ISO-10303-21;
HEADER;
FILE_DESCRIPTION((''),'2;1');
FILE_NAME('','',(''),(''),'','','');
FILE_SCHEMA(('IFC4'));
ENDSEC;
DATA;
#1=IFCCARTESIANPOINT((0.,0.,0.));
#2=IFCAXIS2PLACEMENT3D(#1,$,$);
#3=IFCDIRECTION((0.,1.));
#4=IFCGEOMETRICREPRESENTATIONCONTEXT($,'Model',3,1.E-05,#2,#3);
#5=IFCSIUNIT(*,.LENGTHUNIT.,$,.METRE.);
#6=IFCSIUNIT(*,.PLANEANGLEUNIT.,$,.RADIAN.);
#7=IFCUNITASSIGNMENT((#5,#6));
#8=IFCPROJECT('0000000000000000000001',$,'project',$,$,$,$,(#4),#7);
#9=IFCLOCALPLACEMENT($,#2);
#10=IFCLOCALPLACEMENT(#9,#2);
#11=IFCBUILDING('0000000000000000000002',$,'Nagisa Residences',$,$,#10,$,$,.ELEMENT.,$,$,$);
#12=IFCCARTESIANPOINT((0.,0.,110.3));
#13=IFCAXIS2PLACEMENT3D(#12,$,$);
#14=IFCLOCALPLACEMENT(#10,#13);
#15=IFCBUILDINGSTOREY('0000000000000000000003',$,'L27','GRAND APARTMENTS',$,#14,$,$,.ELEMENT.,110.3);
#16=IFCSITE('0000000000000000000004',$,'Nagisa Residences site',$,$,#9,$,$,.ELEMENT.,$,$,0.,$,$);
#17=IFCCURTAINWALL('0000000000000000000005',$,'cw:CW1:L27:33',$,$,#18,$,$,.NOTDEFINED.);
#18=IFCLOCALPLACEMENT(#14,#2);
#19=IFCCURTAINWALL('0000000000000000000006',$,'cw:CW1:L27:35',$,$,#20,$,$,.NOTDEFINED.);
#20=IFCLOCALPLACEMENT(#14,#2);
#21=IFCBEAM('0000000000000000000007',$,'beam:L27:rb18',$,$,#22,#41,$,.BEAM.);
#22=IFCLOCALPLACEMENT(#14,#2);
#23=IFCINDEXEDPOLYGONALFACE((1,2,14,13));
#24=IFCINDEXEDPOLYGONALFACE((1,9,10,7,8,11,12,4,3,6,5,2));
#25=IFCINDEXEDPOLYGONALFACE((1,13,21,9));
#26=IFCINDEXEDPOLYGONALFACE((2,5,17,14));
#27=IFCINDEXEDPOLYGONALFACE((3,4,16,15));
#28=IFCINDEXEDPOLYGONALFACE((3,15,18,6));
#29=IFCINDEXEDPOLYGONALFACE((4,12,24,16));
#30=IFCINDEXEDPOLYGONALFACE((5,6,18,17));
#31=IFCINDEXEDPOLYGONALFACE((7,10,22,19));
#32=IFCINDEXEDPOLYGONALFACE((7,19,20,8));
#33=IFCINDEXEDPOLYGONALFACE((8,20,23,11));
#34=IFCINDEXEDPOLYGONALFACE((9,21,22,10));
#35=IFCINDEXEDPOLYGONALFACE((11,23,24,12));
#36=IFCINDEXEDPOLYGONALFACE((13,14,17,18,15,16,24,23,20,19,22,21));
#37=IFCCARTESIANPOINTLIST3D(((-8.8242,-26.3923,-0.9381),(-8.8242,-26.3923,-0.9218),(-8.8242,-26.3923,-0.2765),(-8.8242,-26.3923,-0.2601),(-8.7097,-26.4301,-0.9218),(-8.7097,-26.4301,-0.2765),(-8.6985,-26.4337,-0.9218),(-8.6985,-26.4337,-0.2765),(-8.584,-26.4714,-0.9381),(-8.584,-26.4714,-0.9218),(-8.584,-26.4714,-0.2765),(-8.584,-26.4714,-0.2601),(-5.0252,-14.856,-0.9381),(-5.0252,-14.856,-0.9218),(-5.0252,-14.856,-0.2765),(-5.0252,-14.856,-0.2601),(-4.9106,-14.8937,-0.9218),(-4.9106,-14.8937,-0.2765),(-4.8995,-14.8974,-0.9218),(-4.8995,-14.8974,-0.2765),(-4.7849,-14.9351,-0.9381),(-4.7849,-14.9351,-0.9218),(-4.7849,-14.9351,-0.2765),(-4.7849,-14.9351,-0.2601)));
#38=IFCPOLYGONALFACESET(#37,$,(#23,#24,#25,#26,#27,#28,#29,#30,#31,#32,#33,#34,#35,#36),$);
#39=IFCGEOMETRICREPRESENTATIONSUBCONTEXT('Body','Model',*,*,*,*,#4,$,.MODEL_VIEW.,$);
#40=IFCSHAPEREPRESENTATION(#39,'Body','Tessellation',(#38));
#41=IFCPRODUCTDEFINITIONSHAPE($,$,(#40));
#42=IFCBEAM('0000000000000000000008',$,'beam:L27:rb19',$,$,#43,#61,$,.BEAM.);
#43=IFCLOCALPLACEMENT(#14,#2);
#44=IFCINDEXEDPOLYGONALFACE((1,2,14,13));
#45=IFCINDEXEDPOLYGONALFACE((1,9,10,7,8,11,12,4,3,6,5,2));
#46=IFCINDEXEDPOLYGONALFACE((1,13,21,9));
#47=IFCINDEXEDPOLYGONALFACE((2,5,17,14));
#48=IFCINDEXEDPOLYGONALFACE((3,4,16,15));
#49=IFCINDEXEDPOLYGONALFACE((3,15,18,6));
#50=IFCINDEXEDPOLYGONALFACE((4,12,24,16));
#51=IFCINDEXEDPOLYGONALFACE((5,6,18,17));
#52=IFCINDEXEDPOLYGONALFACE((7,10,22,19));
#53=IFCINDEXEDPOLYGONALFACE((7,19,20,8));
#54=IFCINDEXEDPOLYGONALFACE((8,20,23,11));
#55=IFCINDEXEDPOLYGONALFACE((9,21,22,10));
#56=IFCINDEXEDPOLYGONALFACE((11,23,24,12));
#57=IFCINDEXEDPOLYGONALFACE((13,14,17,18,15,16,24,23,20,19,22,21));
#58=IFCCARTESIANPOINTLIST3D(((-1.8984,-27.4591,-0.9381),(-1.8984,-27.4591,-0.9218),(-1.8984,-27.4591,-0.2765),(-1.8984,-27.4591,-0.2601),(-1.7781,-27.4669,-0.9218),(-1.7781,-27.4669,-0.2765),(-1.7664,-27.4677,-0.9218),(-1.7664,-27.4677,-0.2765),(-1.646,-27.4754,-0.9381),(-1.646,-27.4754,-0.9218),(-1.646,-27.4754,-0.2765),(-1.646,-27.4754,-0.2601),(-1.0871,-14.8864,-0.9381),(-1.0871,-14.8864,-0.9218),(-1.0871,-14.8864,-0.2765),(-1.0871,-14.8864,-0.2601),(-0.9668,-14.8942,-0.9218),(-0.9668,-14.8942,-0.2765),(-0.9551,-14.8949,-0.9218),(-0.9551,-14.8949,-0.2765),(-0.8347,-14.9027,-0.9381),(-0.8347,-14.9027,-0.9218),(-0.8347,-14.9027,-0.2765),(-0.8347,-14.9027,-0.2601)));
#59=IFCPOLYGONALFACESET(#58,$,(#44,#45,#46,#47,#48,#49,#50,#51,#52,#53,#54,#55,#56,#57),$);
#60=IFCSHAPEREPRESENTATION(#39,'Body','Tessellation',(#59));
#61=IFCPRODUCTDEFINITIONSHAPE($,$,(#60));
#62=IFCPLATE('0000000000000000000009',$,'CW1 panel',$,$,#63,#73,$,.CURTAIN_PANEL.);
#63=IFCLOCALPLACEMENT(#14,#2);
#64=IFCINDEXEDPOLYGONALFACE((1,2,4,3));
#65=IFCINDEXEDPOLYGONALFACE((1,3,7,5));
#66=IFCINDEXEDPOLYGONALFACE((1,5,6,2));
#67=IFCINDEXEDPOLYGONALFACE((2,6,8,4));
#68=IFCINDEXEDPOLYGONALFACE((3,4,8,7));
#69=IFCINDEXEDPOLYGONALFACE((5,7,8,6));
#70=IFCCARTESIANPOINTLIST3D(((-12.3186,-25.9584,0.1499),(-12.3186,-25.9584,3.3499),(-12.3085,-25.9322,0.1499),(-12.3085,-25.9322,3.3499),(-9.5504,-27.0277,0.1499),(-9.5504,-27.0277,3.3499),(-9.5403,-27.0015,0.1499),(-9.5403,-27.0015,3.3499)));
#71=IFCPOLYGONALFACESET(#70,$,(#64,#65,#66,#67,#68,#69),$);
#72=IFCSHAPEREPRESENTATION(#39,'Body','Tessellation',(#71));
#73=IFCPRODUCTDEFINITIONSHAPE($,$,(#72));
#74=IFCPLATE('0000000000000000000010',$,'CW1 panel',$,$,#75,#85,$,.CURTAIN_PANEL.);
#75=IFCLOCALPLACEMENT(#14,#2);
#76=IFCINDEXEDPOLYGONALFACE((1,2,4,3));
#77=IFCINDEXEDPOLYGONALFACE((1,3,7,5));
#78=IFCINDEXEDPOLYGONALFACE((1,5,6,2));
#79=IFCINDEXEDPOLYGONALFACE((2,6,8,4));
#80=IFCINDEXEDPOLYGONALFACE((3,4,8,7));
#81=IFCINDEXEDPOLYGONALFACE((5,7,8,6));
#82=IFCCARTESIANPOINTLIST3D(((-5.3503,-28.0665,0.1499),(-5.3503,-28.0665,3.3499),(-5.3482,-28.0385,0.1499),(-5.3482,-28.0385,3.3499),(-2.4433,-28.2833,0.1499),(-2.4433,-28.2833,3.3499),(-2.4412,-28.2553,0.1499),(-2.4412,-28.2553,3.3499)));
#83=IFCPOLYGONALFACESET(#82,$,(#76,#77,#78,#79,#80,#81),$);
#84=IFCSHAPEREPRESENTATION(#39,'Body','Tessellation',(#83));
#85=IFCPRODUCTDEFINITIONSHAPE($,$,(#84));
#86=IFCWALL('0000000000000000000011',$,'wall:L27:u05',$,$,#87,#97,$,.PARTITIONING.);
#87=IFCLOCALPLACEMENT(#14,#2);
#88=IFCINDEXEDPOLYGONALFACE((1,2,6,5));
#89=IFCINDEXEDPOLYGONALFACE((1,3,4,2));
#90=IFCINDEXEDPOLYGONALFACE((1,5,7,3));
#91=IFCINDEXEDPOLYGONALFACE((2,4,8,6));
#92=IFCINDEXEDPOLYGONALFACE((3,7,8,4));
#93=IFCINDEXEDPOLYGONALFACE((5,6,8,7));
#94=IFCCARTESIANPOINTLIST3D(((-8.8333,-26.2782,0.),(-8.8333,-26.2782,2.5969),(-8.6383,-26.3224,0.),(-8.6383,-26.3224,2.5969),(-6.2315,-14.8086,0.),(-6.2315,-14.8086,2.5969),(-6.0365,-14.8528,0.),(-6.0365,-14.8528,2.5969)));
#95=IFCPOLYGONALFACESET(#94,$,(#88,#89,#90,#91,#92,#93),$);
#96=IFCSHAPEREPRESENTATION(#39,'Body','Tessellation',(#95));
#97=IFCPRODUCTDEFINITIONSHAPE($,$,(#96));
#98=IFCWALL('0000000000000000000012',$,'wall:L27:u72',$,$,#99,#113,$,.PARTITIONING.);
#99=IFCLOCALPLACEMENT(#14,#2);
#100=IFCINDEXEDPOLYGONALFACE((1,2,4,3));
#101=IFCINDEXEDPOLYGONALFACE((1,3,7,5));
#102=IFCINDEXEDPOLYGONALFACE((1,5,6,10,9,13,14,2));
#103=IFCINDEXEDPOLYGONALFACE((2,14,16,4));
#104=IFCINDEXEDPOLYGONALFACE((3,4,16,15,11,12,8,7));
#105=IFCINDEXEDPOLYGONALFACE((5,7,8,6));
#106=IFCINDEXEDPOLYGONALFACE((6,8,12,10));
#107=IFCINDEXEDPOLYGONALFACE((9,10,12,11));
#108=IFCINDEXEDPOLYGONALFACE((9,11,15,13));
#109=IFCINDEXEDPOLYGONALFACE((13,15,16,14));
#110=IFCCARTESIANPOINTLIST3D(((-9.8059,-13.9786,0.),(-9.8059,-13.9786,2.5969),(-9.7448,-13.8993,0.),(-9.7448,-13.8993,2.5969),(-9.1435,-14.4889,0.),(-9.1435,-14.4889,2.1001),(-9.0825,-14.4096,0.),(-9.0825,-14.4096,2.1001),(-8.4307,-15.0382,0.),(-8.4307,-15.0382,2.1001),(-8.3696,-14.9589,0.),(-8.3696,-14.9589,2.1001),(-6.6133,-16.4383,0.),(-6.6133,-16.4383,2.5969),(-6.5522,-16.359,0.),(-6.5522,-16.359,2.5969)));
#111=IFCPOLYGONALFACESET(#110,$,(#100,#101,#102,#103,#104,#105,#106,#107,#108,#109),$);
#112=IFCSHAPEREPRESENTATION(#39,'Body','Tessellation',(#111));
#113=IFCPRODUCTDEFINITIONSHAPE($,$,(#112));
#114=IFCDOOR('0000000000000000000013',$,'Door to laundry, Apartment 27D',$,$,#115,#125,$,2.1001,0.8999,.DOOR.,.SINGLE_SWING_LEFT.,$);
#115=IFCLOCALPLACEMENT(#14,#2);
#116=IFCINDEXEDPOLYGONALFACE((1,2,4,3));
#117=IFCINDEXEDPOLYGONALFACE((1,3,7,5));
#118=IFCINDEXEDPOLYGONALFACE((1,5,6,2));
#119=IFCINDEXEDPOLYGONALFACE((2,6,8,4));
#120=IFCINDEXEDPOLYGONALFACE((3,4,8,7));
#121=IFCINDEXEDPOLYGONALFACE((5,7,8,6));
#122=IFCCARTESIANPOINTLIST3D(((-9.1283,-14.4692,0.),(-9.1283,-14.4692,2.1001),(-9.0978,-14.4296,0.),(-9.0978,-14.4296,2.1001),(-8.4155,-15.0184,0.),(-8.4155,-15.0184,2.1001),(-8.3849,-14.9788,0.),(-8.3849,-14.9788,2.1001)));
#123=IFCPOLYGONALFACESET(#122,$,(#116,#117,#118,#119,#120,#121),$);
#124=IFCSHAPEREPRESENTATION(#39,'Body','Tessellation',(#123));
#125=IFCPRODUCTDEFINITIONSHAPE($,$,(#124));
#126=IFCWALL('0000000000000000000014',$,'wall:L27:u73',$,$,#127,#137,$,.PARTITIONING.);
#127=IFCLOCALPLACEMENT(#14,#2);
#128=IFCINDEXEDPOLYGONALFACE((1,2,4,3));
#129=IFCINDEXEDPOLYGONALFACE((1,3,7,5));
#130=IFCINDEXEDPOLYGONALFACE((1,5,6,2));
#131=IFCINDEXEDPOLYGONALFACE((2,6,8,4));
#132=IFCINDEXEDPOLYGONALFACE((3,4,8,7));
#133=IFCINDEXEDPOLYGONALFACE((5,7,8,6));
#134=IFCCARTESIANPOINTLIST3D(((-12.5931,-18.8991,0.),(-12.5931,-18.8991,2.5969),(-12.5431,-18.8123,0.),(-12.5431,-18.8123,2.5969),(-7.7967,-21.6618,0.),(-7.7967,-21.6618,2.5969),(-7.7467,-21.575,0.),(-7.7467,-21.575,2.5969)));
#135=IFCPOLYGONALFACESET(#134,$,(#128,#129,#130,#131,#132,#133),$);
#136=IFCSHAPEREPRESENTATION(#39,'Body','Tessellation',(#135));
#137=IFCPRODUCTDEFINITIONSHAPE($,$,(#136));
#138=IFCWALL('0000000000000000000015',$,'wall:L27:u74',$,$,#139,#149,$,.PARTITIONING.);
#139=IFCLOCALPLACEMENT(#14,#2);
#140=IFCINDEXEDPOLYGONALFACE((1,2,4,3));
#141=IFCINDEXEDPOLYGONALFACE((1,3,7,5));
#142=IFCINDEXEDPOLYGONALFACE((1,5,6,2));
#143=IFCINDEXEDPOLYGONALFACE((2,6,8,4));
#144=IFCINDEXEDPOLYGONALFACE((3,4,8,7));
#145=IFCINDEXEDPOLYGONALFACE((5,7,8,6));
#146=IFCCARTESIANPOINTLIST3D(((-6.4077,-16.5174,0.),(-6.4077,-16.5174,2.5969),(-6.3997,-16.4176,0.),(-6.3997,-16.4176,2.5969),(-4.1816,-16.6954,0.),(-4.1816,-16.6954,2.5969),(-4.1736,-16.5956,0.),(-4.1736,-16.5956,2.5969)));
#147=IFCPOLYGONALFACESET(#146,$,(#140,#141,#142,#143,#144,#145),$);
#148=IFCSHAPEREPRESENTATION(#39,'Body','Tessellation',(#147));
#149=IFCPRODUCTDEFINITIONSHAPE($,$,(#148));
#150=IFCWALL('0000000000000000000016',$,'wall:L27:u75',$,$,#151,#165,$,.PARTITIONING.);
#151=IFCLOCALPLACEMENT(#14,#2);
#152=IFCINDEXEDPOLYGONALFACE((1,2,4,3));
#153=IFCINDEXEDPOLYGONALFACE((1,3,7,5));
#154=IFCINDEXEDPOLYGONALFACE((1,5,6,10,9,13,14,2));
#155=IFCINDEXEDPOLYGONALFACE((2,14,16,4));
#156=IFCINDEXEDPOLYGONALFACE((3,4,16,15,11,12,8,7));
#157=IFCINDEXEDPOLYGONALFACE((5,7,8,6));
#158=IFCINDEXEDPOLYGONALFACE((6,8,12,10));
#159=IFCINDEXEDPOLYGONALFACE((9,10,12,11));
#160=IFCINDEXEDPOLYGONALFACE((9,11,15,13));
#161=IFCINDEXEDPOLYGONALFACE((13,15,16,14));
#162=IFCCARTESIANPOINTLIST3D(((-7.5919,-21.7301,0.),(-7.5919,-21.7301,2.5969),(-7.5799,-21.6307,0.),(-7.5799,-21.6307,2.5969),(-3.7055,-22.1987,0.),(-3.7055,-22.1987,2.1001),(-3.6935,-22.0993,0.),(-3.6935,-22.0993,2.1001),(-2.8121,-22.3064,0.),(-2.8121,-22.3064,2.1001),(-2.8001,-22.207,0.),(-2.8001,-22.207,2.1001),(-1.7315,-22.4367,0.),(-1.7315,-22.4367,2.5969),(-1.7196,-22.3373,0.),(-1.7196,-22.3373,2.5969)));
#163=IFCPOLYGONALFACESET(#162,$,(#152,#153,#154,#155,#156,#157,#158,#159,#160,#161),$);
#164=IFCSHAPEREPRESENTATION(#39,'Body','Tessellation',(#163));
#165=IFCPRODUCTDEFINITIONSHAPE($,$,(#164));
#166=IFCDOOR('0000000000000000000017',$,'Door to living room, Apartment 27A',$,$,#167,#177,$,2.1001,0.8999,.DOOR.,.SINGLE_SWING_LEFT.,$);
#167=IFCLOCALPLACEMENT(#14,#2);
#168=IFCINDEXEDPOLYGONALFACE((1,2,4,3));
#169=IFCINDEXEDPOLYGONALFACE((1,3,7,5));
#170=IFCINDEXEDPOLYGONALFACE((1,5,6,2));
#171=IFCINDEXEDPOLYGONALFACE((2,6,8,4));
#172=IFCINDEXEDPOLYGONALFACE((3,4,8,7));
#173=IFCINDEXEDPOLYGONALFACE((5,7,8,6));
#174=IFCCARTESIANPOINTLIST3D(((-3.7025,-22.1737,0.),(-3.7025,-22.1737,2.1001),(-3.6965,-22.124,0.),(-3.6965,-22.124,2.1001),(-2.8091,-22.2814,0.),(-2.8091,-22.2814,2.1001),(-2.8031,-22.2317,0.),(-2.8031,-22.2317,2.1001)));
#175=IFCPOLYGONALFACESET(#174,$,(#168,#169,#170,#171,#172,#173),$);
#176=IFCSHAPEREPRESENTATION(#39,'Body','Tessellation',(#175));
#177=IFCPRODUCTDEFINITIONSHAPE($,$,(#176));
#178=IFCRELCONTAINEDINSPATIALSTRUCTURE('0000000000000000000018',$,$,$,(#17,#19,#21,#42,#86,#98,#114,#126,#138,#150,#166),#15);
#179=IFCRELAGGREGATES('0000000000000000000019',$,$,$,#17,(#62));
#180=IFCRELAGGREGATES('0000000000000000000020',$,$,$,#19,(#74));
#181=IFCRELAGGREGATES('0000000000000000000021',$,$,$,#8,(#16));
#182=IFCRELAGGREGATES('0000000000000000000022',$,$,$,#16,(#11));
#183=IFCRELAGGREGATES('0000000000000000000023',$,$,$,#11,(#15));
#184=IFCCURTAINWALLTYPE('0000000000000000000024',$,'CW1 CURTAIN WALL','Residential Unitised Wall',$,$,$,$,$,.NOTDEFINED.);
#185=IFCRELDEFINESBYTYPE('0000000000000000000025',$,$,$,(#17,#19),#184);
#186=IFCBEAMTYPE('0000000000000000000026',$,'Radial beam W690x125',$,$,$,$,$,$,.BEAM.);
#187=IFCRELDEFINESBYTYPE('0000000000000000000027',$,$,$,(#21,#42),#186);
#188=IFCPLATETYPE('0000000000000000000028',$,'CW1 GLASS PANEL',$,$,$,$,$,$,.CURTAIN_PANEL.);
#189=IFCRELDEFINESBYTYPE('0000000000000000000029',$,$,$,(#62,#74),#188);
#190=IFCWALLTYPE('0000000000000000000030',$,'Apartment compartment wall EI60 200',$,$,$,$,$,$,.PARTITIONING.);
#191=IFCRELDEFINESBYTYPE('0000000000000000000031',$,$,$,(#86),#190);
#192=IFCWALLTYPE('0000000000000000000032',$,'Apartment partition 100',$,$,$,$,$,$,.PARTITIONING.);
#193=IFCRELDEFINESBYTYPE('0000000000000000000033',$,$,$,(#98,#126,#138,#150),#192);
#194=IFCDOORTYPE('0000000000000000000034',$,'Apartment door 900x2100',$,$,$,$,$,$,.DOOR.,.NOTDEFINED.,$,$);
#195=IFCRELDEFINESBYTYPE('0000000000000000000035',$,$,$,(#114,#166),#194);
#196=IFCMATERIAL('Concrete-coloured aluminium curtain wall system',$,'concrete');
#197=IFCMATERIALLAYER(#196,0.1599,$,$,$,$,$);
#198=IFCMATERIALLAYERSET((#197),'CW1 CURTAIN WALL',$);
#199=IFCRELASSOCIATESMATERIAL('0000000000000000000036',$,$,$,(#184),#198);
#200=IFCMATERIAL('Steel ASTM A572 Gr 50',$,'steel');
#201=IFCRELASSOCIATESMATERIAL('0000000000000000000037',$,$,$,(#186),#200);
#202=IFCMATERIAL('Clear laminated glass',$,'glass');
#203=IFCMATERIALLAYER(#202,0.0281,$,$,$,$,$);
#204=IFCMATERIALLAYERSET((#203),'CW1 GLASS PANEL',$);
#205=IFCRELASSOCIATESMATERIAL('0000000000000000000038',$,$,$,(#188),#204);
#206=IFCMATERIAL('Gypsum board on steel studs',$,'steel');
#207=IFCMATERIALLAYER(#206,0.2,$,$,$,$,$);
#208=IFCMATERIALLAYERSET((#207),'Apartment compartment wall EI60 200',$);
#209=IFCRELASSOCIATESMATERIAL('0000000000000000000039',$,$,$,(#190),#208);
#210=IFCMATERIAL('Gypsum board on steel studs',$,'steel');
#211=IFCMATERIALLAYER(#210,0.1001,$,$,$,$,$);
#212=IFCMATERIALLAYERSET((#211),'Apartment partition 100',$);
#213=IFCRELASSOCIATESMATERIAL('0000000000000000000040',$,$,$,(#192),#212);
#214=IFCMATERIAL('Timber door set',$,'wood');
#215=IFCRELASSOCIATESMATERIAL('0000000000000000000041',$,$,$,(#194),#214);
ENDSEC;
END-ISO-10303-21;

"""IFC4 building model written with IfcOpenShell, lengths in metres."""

from ifc_helpers import new_model, si_unit, direction, frame, frame_2d, origin, origin_2d, place, context, subcontext, project, spatial, rectangle, i_section, extrude, material, layer, layer_set, material_profile, profile_set, type_object, element, fill, aggregate, save


model = new_model("IFC4")

# Units and contexts
model_context = context("Model", 3, precision=1e-05, world=origin(), true_north=direction((0.0, 1.0)))
body_context = subcontext(model_context, "Body", "Model", "MODEL_VIEW")
ifc_project = project(units=[si_unit("LENGTHUNIT", "METRE"), si_unit("PLANEANGLEUNIT", "RADIAN")], contexts=[model_context])

# Site, building, storey
site_placement = place(None, origin())
site = spatial("IfcSite", under=ifc_project, at=site_placement, Name="Nagisa Residences site", CompositionType="ELEMENT", RefElevation=0.0)
building_placement = place(site_placement, origin())
building = spatial("IfcBuilding", under=site, at=building_placement, Name="Nagisa Residences", CompositionType="ELEMENT")
storey_placement = place(building_placement, frame((0.0, 0.0, 110.3)))
storey = spatial("IfcBuildingStorey", under=building, at=storey_placement, Name="L27", Description="GRAND APARTMENTS", CompositionType="ELEMENT", Elevation=110.3)

# Curtain walls
ifc_material_1 = material(Name="Concrete-coloured aluminium curtain wall system", Category="concrete")
ifc_layer_1 = layer(ifc_material_1, 0.1599)
ifc_layer_set_1 = layer_set([ifc_layer_1], Name="CW1 CURTAIN WALL")
curtain_wall_type = type_object("IfcCurtainWallType", Name="CW1 CURTAIN WALL", Description="Residential Unitised Wall", PredefinedType="NOTDEFINED", material=ifc_layer_set_1)
curtain_wall_1_placement = place(storey_placement, origin())
curtain_wall_1 = element("IfcCurtainWall", 1, at=curtain_wall_1_placement, inside=storey, type_object=curtain_wall_type, Name="cw:CW1:L27:33", PredefinedType="NOTDEFINED")
curtain_wall_2_placement = place(storey_placement, origin())
curtain_wall_2 = element("IfcCurtainWall", 2, at=curtain_wall_2_placement, inside=storey, type_object=curtain_wall_type, Name="cw:CW1:L27:35", PredefinedType="NOTDEFINED")

# Beams
ifc_material_2 = material(Name="Steel ASTM A572 Gr 50", Category="steel")
ifc_material_profile_1 = material_profile(ifc_material_2, i_section(OverallWidth=0.2529, OverallDepth=0.678, WebThickness=0.0117, FlangeThickness=0.0164, at=origin_2d()), Name="W690x125")
ifc_profile_set_1 = profile_set([ifc_material_profile_1], Name="Steel ASTM A572 Gr 50")
beam_type_1 = type_object("IfcBeamType", Name="Radial beam W690x125", PredefinedType="BEAM", material=ifc_profile_set_1)
beam_1_placement = place(storey_placement, frame((-8.7041, -26.4319, -0.5991), z_axis=(0.312788, 0.949823, 0.0), x_axis=(-0.949823, 0.312788, 0.0)))
element("IfcBeam", 3, at=beam_1_placement, inside=storey, type_object=beam_type_1, Name="beam:L27:rb18", PredefinedType="BEAM", context=body_context, shape_type="SweptSolid", body=[
    extrude(i_section(OverallWidth=0.2529, OverallDepth=0.678, WebThickness=0.0117, FlangeThickness=0.0164, at=origin_2d()), origin(), (0.0, 0.0, 1.0), 12.1458),
])
beam_2_placement = place(storey_placement, frame((-1.7722, -27.4673, -0.5991), z_axis=(0.064393, 0.997925, 0.0), x_axis=(-0.997925, 0.064393, 0.0)))
element("IfcBeam", 4, at=beam_2_placement, inside=storey, type_object=beam_type_1, Name="beam:L27:rb19", PredefinedType="BEAM", context=body_context, shape_type="SweptSolid", body=[
    extrude(i_section(OverallWidth=0.2529, OverallDepth=0.678, WebThickness=0.0117, FlangeThickness=0.0164, at=origin_2d()), origin(), (0.0, 0.0, 1.0), 12.5989),
])

# Plates
ifc_material_3 = material(Name="Clear laminated glass", Category="glass")
ifc_layer_2 = layer(ifc_material_3, 0.0281)
ifc_layer_set_2 = layer_set([ifc_layer_2], Name="CW1 GLASS PANEL")
plate_type = type_object("IfcPlateType", Name="CW1 GLASS PANEL", PredefinedType="CURTAIN_PANEL", material=ifc_layer_set_2)
plate_1_placement = place(storey_placement, frame((-10.9294, -26.48, 0.1499), z_axis=(0.0, 0.0, 1.0), x_axis=(0.932826, -0.360328, 0.0)))
plate_1 = element("IfcPlate", 5, at=plate_1_placement, type_object=plate_type, Name="CW1 panel", PredefinedType="CURTAIN_PANEL", context=body_context, shape_type="SweptSolid", body=[
    extrude(rectangle(XDim=2.9675, YDim=0.0281, at=origin_2d()), origin(), (0.0, 0.0, 1.0), 3.2),
])
aggregate(curtain_wall_1, [plate_1])
plate_2_placement = place(storey_placement, frame((-3.8958, -28.1609, 0.1499), z_axis=(0.0, 0.0, 1.0), x_axis=(0.99723, -0.074377, 0.0)))
plate_2 = element("IfcPlate", 6, at=plate_2_placement, type_object=plate_type, Name="CW1 panel", PredefinedType="CURTAIN_PANEL", context=body_context, shape_type="SweptSolid", body=[
    extrude(rectangle(XDim=2.915, YDim=0.0281, at=origin_2d()), origin(), (0.0, 0.0, 1.0), 3.2),
])
aggregate(curtain_wall_2, [plate_2])

# Wall
ifc_material_4 = material(Name="Gypsum board on steel studs", Category="steel")
ifc_layer_3 = layer(ifc_material_4, 0.2)
ifc_layer_set_3 = layer_set([ifc_layer_3], Name="Apartment compartment wall EI60 200")
wall_type_1 = type_object("IfcWallType", Name="Apartment compartment wall EI60 200", PredefinedType="PARTITIONING", material=ifc_layer_set_3)
wall_1_placement = place(storey_placement, frame((-6.134, -14.8308, 0.0), z_axis=(0.0, 0.0, 1.0), x_axis=(-0.221225, -0.975223, 0.0)))
element("IfcWall", 7, at=wall_1_placement, inside=storey, type_object=wall_type_1, Name="wall:L27:u05", PredefinedType="PARTITIONING", context=body_context, shape_type="SweptSolid", body=[
    extrude(rectangle(XDim=11.761, YDim=0.2, at=frame_2d((5.8804, 0.0))), origin(), (0.0, 0.0, 1.0), 2.5969),
])

# Wall, opening, door
ifc_material_5 = material(Name="Gypsum board on steel studs", Category="steel")
ifc_layer_4 = layer(ifc_material_5, 0.1001)
ifc_layer_set_4 = layer_set([ifc_layer_4], Name="Apartment partition 100")
wall_type_2 = type_object("IfcWallType", Name="Apartment partition 100", PredefinedType="PARTITIONING", material=ifc_layer_set_4)
wall_2_placement = place(storey_placement, frame((-9.7754, -13.939, 0.0), z_axis=(0.0, 0.0, 1.0), x_axis=(0.792162, -0.610311, 0.0)))
wall_2 = element("IfcWall", 8, at=wall_2_placement, inside=storey, type_object=wall_type_2, Name="wall:L27:u72", PredefinedType="PARTITIONING", context=body_context, shape_type="SweptSolid", body=[
    extrude(rectangle(XDim=4.0303, YDim=0.1001, at=frame_2d((2.0151, 0.0))), origin(), (0.0, 0.0, 1.0), 2.5969),
])
opening_1_placement = place(wall_2_placement, frame((0.8362, 0.0, 0.0)))
opening_1 = element("IfcOpeningElement", 9, at=opening_1_placement, cuts=wall_2, PredefinedType="OPENING", context=body_context, shape_type="SweptSolid", body=[
    extrude(rectangle(XDim=0.8999, YDim=2.1001, at=frame_2d((0.45, 1.05))), frame((0.0, 0.0601, 0.0), z_axis=(0.0, -1.0, 0.0), x_axis=(1.0, 0.0, 0.0)), (0.0, 0.0, 1.0), 0.1201),
])
ifc_material_6 = material(Name="Timber door set", Category="wood")
door_type_1 = type_object("IfcDoorType", Name="Apartment door 900x2100", OperationType="NOTDEFINED", PredefinedType="DOOR", material=ifc_material_6)
door_1_placement = place(opening_1_placement, origin())
door_1 = element("IfcDoor", 10, at=door_1_placement, inside=storey, type_object=door_type_1, Name="Door to laundry, Apartment 27D", OperationType="SINGLE_SWING_LEFT", OverallHeight=2.1001, OverallWidth=0.8999, PredefinedType="DOOR", context=body_context, shape_type="SweptSolid", body=[
    extrude(rectangle(XDim=0.8999, YDim=2.1001, at=frame_2d((0.45, 1.05))), frame((0.0, 0.0249, 0.0), z_axis=(0.0, -1.0, 0.0), x_axis=(1.0, 0.0, 0.0)), (0.0, 0.0, 1.0), 0.05),
])
fill(opening_1, door_1)

# Walls
wall_3_placement = place(storey_placement, frame((-12.5681, -18.8557, 0.0), z_axis=(0.0, 0.0, 1.0), x_axis=(0.866533, -0.499119, 0.0)))
element("IfcWall", 11, at=wall_3_placement, inside=storey, type_object=wall_type_2, Name="wall:L27:u73", PredefinedType="PARTITIONING", context=body_context, shape_type="SweptSolid", body=[
    extrude(rectangle(XDim=5.5352, YDim=0.1001, at=frame_2d((2.7676, 0.0))), origin(), (0.0, 0.0, 1.0), 2.5969),
])
wall_4_placement = place(storey_placement, frame((-6.4038, -16.4675, 0.0), z_axis=(0.0, 0.0, 1.0), x_axis=(0.996819, -0.079697, 0.0)))
element("IfcWall", 12, at=wall_4_placement, inside=storey, type_object=wall_type_2, Name="wall:L27:u74", PredefinedType="PARTITIONING", context=body_context, shape_type="SweptSolid", body=[
    extrude(rectangle(XDim=2.2332, YDim=0.1001, at=frame_2d((1.1167, 0.0))), origin(), (0.0, 0.0, 1.0), 2.5969),
])

# Wall, opening, door
wall_5_placement = place(storey_placement, frame((-7.5859, -21.6804, 0.0), z_axis=(0.0, 0.0, 1.0), x_axis=(0.992811, -0.119696, 0.0)))
wall_5 = element("IfcWall", 13, at=wall_5_placement, inside=storey, type_object=wall_type_2, Name="wall:L27:u75", PredefinedType="PARTITIONING", context=body_context, shape_type="SweptSolid", body=[
    extrude(rectangle(XDim=5.9028, YDim=0.1001, at=frame_2d((2.9514, 0.0))), origin(), (0.0, 0.0, 1.0), 2.5969),
])
opening_2_placement = place(wall_5_placement, frame((3.9146, 0.0, 0.0)))
opening_2 = element("IfcOpeningElement", 14, at=opening_2_placement, cuts=wall_5, PredefinedType="OPENING", context=body_context, shape_type="SweptSolid", body=[
    extrude(rectangle(XDim=0.8999, YDim=2.1001, at=frame_2d((0.45, 1.05))), frame((0.0, 0.0601, 0.0), z_axis=(0.0, -1.0, 0.0), x_axis=(1.0, 0.0, 0.0)), (0.0, 0.0, 1.0), 0.1201),
])
door_2_placement = place(opening_2_placement, frame((0.8999, 0.0, 0.0), x_axis=(-1.0, 0.0, 0.0)))
door_2 = element("IfcDoor", 15, at=door_2_placement, inside=storey, type_object=door_type_1, Name="Door to living room, Apartment 27A", OperationType="SINGLE_SWING_LEFT", OverallHeight=2.1001, OverallWidth=0.8999, PredefinedType="DOOR", context=body_context, shape_type="SweptSolid", body=[
    extrude(rectangle(XDim=0.8999, YDim=2.1001, at=frame_2d((0.45, 1.05))), frame((0.0, 0.0249, 0.0), z_axis=(0.0, -1.0, 0.0), x_axis=(1.0, 0.0, 0.0)), (0.0, 0.0, 1.0), 0.05),
])
fill(opening_2, door_2)

save(model, "model.ifc")
